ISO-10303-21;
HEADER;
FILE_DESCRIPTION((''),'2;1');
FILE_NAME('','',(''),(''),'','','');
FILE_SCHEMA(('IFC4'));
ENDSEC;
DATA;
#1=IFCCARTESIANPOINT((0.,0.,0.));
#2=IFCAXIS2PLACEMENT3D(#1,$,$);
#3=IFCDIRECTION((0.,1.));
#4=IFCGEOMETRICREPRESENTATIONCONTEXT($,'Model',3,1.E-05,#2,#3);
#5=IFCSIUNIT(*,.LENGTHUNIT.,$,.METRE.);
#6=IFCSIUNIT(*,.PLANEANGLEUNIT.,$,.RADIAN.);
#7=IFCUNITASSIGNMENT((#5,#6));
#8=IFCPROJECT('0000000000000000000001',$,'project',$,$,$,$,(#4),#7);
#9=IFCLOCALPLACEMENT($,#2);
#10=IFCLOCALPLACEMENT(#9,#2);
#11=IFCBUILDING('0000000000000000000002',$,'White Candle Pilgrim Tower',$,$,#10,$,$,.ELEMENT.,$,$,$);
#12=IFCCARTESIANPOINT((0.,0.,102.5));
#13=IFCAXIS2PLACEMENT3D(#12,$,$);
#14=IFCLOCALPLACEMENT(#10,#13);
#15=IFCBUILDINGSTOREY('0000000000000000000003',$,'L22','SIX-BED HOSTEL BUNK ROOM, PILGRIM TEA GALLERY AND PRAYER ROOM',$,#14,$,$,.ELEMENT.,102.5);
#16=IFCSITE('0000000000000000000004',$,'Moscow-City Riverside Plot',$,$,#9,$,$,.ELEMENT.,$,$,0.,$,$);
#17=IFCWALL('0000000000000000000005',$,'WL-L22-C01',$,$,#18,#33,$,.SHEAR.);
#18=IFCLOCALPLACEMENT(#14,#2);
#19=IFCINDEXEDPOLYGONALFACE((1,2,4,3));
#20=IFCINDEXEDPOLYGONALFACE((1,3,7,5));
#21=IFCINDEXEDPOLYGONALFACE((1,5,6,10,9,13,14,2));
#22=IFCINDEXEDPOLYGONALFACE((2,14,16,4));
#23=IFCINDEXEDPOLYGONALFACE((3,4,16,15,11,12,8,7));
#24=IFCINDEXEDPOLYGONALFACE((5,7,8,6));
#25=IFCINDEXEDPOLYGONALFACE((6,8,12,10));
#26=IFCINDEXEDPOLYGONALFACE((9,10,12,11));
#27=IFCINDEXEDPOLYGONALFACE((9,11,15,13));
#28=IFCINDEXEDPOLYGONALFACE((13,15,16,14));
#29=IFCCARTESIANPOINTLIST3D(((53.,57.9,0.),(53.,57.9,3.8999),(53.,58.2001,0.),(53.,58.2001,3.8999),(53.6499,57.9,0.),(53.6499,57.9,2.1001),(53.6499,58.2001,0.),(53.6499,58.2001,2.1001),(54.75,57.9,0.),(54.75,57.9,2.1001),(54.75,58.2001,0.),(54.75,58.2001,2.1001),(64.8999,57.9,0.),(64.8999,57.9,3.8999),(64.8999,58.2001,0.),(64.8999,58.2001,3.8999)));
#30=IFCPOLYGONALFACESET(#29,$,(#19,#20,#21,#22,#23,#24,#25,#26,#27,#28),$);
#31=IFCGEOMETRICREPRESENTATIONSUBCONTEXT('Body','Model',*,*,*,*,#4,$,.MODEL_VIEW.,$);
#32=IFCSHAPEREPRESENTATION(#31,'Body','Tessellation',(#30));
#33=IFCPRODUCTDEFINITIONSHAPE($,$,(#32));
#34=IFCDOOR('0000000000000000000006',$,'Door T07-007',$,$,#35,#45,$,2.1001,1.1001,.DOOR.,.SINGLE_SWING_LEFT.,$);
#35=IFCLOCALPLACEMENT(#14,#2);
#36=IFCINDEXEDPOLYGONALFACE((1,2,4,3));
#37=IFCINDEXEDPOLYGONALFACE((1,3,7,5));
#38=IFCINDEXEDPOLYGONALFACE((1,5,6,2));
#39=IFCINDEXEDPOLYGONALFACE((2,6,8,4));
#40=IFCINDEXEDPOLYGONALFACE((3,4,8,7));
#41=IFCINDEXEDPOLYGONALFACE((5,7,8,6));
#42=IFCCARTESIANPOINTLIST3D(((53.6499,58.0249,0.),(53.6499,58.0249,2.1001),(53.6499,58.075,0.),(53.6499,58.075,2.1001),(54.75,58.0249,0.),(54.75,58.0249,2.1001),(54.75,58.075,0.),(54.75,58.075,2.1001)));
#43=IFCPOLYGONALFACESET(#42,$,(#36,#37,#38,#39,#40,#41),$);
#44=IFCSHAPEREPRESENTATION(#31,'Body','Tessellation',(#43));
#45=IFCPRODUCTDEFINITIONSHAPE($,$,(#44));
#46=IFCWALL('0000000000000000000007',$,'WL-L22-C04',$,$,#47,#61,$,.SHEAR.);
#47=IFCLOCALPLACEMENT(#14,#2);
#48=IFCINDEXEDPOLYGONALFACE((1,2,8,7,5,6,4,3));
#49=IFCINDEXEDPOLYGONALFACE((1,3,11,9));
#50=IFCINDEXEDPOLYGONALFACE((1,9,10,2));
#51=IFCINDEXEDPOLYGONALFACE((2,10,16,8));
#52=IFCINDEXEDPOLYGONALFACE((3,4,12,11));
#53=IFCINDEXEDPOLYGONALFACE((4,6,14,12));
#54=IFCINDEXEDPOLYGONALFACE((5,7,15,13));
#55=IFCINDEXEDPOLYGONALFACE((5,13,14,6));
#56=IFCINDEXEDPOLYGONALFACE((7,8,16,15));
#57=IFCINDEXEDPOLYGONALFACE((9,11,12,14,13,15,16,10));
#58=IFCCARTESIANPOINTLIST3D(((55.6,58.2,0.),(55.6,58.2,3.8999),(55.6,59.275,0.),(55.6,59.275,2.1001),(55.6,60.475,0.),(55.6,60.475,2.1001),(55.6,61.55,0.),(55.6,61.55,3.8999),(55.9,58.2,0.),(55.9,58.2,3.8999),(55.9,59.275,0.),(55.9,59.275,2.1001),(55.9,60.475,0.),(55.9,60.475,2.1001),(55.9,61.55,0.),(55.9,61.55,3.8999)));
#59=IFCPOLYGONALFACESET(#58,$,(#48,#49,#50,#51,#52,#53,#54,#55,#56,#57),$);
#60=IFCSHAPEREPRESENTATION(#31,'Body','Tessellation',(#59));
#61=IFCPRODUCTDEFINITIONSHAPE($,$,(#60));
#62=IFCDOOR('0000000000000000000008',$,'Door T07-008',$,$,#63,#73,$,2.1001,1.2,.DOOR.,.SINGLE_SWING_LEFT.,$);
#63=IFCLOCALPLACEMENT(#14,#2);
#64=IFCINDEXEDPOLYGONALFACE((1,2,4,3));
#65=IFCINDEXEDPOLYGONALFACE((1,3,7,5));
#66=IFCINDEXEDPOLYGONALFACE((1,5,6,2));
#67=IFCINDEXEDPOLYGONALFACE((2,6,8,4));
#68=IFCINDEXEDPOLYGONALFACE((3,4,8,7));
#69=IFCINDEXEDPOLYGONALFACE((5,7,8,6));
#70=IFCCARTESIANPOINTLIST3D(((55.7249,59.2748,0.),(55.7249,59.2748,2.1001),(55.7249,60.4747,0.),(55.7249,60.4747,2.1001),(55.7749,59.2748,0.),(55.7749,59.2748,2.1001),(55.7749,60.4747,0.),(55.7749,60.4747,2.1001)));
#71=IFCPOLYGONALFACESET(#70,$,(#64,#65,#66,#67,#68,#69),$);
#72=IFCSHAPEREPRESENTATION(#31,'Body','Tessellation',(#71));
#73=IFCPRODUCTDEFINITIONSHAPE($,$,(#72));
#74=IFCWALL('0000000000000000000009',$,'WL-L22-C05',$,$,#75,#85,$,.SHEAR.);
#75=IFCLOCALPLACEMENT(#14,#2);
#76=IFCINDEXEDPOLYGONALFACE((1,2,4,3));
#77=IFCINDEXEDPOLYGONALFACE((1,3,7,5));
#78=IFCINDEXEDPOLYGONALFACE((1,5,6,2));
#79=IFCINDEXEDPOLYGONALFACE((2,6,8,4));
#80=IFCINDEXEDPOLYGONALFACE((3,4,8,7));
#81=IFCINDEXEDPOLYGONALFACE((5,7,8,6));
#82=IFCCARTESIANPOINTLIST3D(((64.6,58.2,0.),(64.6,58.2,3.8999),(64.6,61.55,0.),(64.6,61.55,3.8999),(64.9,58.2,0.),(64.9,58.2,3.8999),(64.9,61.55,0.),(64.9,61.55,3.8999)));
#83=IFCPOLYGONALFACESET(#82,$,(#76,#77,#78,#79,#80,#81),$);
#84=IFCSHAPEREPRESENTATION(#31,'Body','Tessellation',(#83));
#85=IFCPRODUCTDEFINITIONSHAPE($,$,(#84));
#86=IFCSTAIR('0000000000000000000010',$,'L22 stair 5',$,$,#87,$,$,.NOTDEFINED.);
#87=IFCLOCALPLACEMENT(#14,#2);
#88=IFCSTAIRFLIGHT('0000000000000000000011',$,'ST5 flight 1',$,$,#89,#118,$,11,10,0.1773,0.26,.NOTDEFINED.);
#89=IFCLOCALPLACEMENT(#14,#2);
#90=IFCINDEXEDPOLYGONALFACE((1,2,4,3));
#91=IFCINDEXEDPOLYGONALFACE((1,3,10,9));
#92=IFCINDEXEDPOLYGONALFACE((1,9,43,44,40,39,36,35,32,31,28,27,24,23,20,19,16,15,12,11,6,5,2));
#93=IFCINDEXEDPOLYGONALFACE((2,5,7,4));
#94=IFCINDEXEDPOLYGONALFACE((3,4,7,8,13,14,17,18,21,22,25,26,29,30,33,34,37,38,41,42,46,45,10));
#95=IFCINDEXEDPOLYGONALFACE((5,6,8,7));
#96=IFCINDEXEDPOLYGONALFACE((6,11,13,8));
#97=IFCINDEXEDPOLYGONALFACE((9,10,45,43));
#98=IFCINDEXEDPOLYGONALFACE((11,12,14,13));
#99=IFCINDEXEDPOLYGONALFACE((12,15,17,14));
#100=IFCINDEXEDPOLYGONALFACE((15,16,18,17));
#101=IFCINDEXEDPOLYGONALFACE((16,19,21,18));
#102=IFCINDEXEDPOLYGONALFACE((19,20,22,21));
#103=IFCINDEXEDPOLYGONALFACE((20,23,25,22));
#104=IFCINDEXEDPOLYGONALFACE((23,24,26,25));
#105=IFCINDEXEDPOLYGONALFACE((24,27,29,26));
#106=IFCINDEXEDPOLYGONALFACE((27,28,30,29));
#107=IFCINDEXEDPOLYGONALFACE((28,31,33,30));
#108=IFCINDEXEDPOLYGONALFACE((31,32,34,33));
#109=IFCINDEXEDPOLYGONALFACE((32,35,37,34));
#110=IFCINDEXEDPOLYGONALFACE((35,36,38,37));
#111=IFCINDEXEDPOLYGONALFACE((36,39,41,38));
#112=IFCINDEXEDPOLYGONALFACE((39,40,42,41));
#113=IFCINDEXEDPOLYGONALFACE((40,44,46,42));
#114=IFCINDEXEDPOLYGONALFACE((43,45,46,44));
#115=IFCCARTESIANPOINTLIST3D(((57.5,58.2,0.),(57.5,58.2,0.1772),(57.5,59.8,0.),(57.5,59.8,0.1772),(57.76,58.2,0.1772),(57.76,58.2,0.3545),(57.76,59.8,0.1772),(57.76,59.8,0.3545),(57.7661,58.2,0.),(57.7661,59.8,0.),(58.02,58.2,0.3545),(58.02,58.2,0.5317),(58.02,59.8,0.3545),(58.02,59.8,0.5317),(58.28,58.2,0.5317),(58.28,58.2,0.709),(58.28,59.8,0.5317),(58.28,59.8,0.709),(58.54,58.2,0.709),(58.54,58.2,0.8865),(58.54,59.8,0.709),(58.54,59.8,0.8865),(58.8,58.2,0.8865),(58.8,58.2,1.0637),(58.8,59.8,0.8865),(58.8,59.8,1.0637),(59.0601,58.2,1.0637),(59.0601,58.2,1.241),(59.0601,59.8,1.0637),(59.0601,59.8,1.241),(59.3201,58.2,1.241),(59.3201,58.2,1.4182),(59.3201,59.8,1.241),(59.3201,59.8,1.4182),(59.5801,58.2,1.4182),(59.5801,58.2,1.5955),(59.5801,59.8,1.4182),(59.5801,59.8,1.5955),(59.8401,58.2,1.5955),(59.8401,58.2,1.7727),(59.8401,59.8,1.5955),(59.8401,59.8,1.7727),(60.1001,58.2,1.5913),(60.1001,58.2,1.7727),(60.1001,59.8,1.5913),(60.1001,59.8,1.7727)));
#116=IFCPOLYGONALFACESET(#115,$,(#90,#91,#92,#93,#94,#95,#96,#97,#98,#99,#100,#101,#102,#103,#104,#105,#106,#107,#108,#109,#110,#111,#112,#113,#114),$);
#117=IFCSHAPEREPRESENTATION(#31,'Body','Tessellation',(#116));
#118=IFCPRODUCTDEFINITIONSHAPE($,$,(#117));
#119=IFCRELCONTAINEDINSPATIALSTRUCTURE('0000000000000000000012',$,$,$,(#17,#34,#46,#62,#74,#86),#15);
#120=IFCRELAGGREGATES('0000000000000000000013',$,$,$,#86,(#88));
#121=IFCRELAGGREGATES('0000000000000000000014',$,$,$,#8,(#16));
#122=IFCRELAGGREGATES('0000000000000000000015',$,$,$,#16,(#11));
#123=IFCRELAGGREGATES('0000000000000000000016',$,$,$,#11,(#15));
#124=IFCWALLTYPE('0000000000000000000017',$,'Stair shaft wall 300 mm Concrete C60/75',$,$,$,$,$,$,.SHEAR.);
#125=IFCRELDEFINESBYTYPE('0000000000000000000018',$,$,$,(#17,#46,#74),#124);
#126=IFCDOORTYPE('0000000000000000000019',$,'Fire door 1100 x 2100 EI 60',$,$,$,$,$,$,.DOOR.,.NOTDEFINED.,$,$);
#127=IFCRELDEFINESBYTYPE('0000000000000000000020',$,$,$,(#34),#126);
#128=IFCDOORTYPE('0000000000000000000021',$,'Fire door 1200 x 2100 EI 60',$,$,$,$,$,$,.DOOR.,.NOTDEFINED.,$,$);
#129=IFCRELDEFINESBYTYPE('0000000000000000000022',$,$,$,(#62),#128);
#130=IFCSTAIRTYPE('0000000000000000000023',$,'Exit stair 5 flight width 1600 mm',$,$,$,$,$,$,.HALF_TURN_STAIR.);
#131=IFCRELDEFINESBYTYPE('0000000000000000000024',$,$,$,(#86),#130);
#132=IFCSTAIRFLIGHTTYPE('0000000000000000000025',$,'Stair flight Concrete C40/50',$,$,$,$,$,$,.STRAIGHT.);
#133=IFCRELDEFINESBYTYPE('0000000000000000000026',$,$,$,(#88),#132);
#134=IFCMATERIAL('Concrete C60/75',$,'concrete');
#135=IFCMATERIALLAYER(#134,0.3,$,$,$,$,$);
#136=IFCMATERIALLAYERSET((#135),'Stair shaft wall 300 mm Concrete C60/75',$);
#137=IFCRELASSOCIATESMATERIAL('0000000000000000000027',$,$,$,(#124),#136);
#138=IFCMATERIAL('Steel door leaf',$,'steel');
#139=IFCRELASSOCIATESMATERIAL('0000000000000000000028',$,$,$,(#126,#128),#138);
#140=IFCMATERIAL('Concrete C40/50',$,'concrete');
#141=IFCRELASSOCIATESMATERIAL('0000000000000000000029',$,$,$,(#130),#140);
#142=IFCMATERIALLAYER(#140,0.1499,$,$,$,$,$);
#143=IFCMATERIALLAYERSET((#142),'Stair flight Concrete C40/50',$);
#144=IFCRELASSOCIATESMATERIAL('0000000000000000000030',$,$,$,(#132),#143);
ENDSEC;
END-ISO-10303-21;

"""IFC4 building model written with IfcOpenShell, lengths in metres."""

from ifc_helpers import new_model, si_unit, direction, frame, frame_2d, origin, place, context, subcontext, project, spatial, polyline, rectangle, outline, extrude, material, layer, layer_set, type_object, element, fill, aggregate, save


model = new_model("IFC4")

# Units and contexts
model_context = context("Model", 3, precision=1e-05, world=origin(), true_north=direction((0.0, 1.0)))
body_context = subcontext(model_context, "Body", "Model", "MODEL_VIEW")
ifc_project = project(units=[si_unit("LENGTHUNIT", "METRE"), si_unit("PLANEANGLEUNIT", "RADIAN")], contexts=[model_context])

# Site, building, storey
site_placement = place(None, origin())
site = spatial("IfcSite", under=ifc_project, at=site_placement, Name="Moscow-City Riverside Plot", CompositionType="ELEMENT", RefElevation=0.0)
building_placement = place(site_placement, origin())
building = spatial("IfcBuilding", under=site, at=building_placement, Name="White Candle Pilgrim Tower", CompositionType="ELEMENT")
storey_placement = place(building_placement, frame((0.0, 0.0, 102.5)))
storey = spatial("IfcBuildingStorey", under=building, at=storey_placement, Name="L22", Description="SIX-BED HOSTEL BUNK ROOM, PILGRIM TEA GALLERY AND PRAYER ROOM", CompositionType="ELEMENT", Elevation=102.5)

# Shared definitions
ifc_material_1 = material(Name="Concrete C60/75", Category="concrete")

# Shared definitions
ifc_material_2 = material(Name="Steel door leaf", Category="steel")

# Walls, openings, doors
ifc_layer_1 = layer(ifc_material_1, 0.3)
ifc_layer_set_1 = layer_set([ifc_layer_1], Name="Stair shaft wall 300 mm Concrete C60/75")
wall_type_1 = type_object("IfcWallType", Name="Stair shaft wall 300 mm Concrete C60/75", PredefinedType="SHEAR", material=ifc_layer_set_1)
wall_1_placement = place(storey_placement, frame((53.0, 58.05, 0.0), z_axis=(0.0, 0.0, 1.0), x_axis=(1.0, 0.0, 0.0)))
wall_1 = element("IfcWall", 1, at=wall_1_placement, inside=storey, type_object=wall_type_1, Name="WL-L22-C01", PredefinedType="SHEAR", context=body_context, shape_type="SweptSolid", body=[
    extrude(rectangle(XDim=11.8999, YDim=0.3, at=frame_2d((5.95, 0.0))), origin(), (0.0, 0.0, 1.0), 3.8999),
])
opening_1_placement = place(wall_1_placement, frame((0.6499, 0.0, 0.0)))
opening_1 = element("IfcOpeningElement", 2, at=opening_1_placement, cuts=wall_1, PredefinedType="OPENING", context=body_context, shape_type="SweptSolid", body=[
    extrude(rectangle(XDim=1.1001, YDim=2.1001, at=frame_2d((0.55, 1.05))), frame((0.0, 0.1599, 0.0), z_axis=(0.0, -1.0, 0.0), x_axis=(1.0, 0.0, 0.0)), (0.0, 0.0, 1.0), 0.3201),
])
door_type_1 = type_object("IfcDoorType", Name="Fire door 1100 x 2100 EI 60", OperationType="NOTDEFINED", PredefinedType="DOOR", material=ifc_material_2)
door_1_placement = place(opening_1_placement, origin())
door_1 = element("IfcDoor", 3, at=door_1_placement, inside=storey, type_object=door_type_1, Name="Door T07-007", OperationType="SINGLE_SWING_LEFT", OverallHeight=2.1001, OverallWidth=1.1001, PredefinedType="DOOR", context=body_context, shape_type="SweptSolid", body=[
    extrude(rectangle(XDim=1.1001, YDim=2.1001, at=frame_2d((0.55, 1.05))), frame((0.0, 0.0249, 0.0), z_axis=(0.0, -1.0, 0.0), x_axis=(1.0, 0.0, 0.0)), (0.0, 0.0, 1.0), 0.05),
])
fill(opening_1, door_1)
wall_2_placement = place(storey_placement, frame((55.75, 58.2, 0.0), z_axis=(0.0, 0.0, 1.0), x_axis=(0.0, 1.0, 0.0)))
wall_2 = element("IfcWall", 4, at=wall_2_placement, inside=storey, type_object=wall_type_1, Name="WL-L22-C04", PredefinedType="SHEAR", context=body_context, shape_type="SweptSolid", body=[
    extrude(rectangle(XDim=3.3501, YDim=0.3, at=frame_2d((1.675, 0.0))), origin(), (0.0, 0.0, 1.0), 3.8999),
])
opening_2_placement = place(wall_2_placement, frame((1.075, 0.0, 0.0)))
opening_2 = element("IfcOpeningElement", 5, at=opening_2_placement, cuts=wall_2, PredefinedType="OPENING", context=body_context, shape_type="SweptSolid", body=[
    extrude(rectangle(XDim=1.2, YDim=2.1001, at=frame_2d((0.6001, 1.05))), frame((0.0, 0.1599, 0.0), z_axis=(0.0, -1.0, 0.0), x_axis=(1.0, 0.0, 0.0)), (0.0, 0.0, 1.0), 0.3201),
])
door_type_2 = type_object("IfcDoorType", Name="Fire door 1200 x 2100 EI 60", OperationType="NOTDEFINED", PredefinedType="DOOR", material=ifc_material_2)
door_2_placement = place(opening_2_placement, frame((1.2, 0.0, 0.0), z_axis=(0.0, 0.0, 1.0), x_axis=(-1.0, 0.0, 0.0)))
door_2 = element("IfcDoor", 6, at=door_2_placement, inside=storey, type_object=door_type_2, Name="Door T07-008", OperationType="SINGLE_SWING_LEFT", OverallHeight=2.1001, OverallWidth=1.2, PredefinedType="DOOR", context=body_context, shape_type="SweptSolid", body=[
    extrude(rectangle(XDim=1.2, YDim=2.1001, at=frame_2d((0.6001, 1.05))), frame((0.0, 0.0249, 0.0), z_axis=(0.0, -1.0, 0.0), x_axis=(1.0, 0.0, 0.0)), (0.0, 0.0, 1.0), 0.05),
])
fill(opening_2, door_2)

# Wall
wall_3_placement = place(storey_placement, frame((64.75, 58.2, 0.0), z_axis=(0.0, 0.0, 1.0), x_axis=(0.0, 1.0, 0.0)))
element("IfcWall", 7, at=wall_3_placement, inside=storey, type_object=wall_type_1, Name="WL-L22-C05", PredefinedType="SHEAR", context=body_context, shape_type="SweptSolid", body=[
    extrude(rectangle(XDim=3.3501, YDim=0.3, at=frame_2d((1.675, 0.0))), origin(), (0.0, 0.0, 1.0), 3.8999),
])

# Stair, stair flight
ifc_material_3 = material(Name="Concrete C40/50", Category="concrete")
stair_type = type_object("IfcStairType", Name="Exit stair 5 flight width 1600 mm", PredefinedType="HALF_TURN_STAIR", material=ifc_material_3)
stair_placement = place(storey_placement, origin())
stair = element("IfcStair", 8, at=stair_placement, inside=storey, type_object=stair_type, Name="L22 stair 5", PredefinedType="NOTDEFINED")
ifc_layer_2 = layer(ifc_material_3, 0.1499)
ifc_layer_set_2 = layer_set([ifc_layer_2], Name="Stair flight Concrete C40/50")
stair_flight_type = type_object("IfcStairFlightType", Name="Stair flight Concrete C40/50", PredefinedType="STRAIGHT", material=ifc_layer_set_2)
stair_flight_placement = place(storey_placement, frame((57.5, 59.0, 0.0), z_axis=(0.0, 0.0, 1.0), x_axis=(1.0, 0.0, 0.0)))
stair_flight = element("IfcStairFlight", 9, at=stair_flight_placement, type_object=stair_flight_type, Name="ST5 flight 1", NumberOfRisers=11, NumberOfTreads=10, PredefinedType="NOTDEFINED", RiserHeight=0.1773, TreadLength=0.26, context=body_context, shape_type="SweptSolid", body=[
    extrude(outline(polyline([(0.0, 0.0), (0.0, 0.1772), (0.26, 0.1772), (0.26, 0.3545), (0.52, 0.3545), (0.52, 0.5317), (0.78, 0.5317), (0.78, 0.709), (1.04, 0.709), (1.04, 0.8865), (1.3, 0.8865), (1.3, 1.0637), (1.5601, 1.0637), (1.5601, 1.241), (1.8201, 1.241), (1.8201, 1.4182), (2.0801, 1.4182), (2.0801, 1.5955), (2.3401, 1.5955), (2.3401, 1.7727), (2.6001, 1.7727), (2.6001, 1.95), (2.6001, 1.5913), (0.2661, 0.0), (0.0, 0.0)])), frame((0.0, 0.8, 0.0), z_axis=(0.0, -1.0, 0.0), x_axis=(1.0, 0.0, 0.0)), (0.0, 0.0, 1.0), 1.6001),
])
aggregate(stair, [stair_flight])

save(model, "model.ifc")
